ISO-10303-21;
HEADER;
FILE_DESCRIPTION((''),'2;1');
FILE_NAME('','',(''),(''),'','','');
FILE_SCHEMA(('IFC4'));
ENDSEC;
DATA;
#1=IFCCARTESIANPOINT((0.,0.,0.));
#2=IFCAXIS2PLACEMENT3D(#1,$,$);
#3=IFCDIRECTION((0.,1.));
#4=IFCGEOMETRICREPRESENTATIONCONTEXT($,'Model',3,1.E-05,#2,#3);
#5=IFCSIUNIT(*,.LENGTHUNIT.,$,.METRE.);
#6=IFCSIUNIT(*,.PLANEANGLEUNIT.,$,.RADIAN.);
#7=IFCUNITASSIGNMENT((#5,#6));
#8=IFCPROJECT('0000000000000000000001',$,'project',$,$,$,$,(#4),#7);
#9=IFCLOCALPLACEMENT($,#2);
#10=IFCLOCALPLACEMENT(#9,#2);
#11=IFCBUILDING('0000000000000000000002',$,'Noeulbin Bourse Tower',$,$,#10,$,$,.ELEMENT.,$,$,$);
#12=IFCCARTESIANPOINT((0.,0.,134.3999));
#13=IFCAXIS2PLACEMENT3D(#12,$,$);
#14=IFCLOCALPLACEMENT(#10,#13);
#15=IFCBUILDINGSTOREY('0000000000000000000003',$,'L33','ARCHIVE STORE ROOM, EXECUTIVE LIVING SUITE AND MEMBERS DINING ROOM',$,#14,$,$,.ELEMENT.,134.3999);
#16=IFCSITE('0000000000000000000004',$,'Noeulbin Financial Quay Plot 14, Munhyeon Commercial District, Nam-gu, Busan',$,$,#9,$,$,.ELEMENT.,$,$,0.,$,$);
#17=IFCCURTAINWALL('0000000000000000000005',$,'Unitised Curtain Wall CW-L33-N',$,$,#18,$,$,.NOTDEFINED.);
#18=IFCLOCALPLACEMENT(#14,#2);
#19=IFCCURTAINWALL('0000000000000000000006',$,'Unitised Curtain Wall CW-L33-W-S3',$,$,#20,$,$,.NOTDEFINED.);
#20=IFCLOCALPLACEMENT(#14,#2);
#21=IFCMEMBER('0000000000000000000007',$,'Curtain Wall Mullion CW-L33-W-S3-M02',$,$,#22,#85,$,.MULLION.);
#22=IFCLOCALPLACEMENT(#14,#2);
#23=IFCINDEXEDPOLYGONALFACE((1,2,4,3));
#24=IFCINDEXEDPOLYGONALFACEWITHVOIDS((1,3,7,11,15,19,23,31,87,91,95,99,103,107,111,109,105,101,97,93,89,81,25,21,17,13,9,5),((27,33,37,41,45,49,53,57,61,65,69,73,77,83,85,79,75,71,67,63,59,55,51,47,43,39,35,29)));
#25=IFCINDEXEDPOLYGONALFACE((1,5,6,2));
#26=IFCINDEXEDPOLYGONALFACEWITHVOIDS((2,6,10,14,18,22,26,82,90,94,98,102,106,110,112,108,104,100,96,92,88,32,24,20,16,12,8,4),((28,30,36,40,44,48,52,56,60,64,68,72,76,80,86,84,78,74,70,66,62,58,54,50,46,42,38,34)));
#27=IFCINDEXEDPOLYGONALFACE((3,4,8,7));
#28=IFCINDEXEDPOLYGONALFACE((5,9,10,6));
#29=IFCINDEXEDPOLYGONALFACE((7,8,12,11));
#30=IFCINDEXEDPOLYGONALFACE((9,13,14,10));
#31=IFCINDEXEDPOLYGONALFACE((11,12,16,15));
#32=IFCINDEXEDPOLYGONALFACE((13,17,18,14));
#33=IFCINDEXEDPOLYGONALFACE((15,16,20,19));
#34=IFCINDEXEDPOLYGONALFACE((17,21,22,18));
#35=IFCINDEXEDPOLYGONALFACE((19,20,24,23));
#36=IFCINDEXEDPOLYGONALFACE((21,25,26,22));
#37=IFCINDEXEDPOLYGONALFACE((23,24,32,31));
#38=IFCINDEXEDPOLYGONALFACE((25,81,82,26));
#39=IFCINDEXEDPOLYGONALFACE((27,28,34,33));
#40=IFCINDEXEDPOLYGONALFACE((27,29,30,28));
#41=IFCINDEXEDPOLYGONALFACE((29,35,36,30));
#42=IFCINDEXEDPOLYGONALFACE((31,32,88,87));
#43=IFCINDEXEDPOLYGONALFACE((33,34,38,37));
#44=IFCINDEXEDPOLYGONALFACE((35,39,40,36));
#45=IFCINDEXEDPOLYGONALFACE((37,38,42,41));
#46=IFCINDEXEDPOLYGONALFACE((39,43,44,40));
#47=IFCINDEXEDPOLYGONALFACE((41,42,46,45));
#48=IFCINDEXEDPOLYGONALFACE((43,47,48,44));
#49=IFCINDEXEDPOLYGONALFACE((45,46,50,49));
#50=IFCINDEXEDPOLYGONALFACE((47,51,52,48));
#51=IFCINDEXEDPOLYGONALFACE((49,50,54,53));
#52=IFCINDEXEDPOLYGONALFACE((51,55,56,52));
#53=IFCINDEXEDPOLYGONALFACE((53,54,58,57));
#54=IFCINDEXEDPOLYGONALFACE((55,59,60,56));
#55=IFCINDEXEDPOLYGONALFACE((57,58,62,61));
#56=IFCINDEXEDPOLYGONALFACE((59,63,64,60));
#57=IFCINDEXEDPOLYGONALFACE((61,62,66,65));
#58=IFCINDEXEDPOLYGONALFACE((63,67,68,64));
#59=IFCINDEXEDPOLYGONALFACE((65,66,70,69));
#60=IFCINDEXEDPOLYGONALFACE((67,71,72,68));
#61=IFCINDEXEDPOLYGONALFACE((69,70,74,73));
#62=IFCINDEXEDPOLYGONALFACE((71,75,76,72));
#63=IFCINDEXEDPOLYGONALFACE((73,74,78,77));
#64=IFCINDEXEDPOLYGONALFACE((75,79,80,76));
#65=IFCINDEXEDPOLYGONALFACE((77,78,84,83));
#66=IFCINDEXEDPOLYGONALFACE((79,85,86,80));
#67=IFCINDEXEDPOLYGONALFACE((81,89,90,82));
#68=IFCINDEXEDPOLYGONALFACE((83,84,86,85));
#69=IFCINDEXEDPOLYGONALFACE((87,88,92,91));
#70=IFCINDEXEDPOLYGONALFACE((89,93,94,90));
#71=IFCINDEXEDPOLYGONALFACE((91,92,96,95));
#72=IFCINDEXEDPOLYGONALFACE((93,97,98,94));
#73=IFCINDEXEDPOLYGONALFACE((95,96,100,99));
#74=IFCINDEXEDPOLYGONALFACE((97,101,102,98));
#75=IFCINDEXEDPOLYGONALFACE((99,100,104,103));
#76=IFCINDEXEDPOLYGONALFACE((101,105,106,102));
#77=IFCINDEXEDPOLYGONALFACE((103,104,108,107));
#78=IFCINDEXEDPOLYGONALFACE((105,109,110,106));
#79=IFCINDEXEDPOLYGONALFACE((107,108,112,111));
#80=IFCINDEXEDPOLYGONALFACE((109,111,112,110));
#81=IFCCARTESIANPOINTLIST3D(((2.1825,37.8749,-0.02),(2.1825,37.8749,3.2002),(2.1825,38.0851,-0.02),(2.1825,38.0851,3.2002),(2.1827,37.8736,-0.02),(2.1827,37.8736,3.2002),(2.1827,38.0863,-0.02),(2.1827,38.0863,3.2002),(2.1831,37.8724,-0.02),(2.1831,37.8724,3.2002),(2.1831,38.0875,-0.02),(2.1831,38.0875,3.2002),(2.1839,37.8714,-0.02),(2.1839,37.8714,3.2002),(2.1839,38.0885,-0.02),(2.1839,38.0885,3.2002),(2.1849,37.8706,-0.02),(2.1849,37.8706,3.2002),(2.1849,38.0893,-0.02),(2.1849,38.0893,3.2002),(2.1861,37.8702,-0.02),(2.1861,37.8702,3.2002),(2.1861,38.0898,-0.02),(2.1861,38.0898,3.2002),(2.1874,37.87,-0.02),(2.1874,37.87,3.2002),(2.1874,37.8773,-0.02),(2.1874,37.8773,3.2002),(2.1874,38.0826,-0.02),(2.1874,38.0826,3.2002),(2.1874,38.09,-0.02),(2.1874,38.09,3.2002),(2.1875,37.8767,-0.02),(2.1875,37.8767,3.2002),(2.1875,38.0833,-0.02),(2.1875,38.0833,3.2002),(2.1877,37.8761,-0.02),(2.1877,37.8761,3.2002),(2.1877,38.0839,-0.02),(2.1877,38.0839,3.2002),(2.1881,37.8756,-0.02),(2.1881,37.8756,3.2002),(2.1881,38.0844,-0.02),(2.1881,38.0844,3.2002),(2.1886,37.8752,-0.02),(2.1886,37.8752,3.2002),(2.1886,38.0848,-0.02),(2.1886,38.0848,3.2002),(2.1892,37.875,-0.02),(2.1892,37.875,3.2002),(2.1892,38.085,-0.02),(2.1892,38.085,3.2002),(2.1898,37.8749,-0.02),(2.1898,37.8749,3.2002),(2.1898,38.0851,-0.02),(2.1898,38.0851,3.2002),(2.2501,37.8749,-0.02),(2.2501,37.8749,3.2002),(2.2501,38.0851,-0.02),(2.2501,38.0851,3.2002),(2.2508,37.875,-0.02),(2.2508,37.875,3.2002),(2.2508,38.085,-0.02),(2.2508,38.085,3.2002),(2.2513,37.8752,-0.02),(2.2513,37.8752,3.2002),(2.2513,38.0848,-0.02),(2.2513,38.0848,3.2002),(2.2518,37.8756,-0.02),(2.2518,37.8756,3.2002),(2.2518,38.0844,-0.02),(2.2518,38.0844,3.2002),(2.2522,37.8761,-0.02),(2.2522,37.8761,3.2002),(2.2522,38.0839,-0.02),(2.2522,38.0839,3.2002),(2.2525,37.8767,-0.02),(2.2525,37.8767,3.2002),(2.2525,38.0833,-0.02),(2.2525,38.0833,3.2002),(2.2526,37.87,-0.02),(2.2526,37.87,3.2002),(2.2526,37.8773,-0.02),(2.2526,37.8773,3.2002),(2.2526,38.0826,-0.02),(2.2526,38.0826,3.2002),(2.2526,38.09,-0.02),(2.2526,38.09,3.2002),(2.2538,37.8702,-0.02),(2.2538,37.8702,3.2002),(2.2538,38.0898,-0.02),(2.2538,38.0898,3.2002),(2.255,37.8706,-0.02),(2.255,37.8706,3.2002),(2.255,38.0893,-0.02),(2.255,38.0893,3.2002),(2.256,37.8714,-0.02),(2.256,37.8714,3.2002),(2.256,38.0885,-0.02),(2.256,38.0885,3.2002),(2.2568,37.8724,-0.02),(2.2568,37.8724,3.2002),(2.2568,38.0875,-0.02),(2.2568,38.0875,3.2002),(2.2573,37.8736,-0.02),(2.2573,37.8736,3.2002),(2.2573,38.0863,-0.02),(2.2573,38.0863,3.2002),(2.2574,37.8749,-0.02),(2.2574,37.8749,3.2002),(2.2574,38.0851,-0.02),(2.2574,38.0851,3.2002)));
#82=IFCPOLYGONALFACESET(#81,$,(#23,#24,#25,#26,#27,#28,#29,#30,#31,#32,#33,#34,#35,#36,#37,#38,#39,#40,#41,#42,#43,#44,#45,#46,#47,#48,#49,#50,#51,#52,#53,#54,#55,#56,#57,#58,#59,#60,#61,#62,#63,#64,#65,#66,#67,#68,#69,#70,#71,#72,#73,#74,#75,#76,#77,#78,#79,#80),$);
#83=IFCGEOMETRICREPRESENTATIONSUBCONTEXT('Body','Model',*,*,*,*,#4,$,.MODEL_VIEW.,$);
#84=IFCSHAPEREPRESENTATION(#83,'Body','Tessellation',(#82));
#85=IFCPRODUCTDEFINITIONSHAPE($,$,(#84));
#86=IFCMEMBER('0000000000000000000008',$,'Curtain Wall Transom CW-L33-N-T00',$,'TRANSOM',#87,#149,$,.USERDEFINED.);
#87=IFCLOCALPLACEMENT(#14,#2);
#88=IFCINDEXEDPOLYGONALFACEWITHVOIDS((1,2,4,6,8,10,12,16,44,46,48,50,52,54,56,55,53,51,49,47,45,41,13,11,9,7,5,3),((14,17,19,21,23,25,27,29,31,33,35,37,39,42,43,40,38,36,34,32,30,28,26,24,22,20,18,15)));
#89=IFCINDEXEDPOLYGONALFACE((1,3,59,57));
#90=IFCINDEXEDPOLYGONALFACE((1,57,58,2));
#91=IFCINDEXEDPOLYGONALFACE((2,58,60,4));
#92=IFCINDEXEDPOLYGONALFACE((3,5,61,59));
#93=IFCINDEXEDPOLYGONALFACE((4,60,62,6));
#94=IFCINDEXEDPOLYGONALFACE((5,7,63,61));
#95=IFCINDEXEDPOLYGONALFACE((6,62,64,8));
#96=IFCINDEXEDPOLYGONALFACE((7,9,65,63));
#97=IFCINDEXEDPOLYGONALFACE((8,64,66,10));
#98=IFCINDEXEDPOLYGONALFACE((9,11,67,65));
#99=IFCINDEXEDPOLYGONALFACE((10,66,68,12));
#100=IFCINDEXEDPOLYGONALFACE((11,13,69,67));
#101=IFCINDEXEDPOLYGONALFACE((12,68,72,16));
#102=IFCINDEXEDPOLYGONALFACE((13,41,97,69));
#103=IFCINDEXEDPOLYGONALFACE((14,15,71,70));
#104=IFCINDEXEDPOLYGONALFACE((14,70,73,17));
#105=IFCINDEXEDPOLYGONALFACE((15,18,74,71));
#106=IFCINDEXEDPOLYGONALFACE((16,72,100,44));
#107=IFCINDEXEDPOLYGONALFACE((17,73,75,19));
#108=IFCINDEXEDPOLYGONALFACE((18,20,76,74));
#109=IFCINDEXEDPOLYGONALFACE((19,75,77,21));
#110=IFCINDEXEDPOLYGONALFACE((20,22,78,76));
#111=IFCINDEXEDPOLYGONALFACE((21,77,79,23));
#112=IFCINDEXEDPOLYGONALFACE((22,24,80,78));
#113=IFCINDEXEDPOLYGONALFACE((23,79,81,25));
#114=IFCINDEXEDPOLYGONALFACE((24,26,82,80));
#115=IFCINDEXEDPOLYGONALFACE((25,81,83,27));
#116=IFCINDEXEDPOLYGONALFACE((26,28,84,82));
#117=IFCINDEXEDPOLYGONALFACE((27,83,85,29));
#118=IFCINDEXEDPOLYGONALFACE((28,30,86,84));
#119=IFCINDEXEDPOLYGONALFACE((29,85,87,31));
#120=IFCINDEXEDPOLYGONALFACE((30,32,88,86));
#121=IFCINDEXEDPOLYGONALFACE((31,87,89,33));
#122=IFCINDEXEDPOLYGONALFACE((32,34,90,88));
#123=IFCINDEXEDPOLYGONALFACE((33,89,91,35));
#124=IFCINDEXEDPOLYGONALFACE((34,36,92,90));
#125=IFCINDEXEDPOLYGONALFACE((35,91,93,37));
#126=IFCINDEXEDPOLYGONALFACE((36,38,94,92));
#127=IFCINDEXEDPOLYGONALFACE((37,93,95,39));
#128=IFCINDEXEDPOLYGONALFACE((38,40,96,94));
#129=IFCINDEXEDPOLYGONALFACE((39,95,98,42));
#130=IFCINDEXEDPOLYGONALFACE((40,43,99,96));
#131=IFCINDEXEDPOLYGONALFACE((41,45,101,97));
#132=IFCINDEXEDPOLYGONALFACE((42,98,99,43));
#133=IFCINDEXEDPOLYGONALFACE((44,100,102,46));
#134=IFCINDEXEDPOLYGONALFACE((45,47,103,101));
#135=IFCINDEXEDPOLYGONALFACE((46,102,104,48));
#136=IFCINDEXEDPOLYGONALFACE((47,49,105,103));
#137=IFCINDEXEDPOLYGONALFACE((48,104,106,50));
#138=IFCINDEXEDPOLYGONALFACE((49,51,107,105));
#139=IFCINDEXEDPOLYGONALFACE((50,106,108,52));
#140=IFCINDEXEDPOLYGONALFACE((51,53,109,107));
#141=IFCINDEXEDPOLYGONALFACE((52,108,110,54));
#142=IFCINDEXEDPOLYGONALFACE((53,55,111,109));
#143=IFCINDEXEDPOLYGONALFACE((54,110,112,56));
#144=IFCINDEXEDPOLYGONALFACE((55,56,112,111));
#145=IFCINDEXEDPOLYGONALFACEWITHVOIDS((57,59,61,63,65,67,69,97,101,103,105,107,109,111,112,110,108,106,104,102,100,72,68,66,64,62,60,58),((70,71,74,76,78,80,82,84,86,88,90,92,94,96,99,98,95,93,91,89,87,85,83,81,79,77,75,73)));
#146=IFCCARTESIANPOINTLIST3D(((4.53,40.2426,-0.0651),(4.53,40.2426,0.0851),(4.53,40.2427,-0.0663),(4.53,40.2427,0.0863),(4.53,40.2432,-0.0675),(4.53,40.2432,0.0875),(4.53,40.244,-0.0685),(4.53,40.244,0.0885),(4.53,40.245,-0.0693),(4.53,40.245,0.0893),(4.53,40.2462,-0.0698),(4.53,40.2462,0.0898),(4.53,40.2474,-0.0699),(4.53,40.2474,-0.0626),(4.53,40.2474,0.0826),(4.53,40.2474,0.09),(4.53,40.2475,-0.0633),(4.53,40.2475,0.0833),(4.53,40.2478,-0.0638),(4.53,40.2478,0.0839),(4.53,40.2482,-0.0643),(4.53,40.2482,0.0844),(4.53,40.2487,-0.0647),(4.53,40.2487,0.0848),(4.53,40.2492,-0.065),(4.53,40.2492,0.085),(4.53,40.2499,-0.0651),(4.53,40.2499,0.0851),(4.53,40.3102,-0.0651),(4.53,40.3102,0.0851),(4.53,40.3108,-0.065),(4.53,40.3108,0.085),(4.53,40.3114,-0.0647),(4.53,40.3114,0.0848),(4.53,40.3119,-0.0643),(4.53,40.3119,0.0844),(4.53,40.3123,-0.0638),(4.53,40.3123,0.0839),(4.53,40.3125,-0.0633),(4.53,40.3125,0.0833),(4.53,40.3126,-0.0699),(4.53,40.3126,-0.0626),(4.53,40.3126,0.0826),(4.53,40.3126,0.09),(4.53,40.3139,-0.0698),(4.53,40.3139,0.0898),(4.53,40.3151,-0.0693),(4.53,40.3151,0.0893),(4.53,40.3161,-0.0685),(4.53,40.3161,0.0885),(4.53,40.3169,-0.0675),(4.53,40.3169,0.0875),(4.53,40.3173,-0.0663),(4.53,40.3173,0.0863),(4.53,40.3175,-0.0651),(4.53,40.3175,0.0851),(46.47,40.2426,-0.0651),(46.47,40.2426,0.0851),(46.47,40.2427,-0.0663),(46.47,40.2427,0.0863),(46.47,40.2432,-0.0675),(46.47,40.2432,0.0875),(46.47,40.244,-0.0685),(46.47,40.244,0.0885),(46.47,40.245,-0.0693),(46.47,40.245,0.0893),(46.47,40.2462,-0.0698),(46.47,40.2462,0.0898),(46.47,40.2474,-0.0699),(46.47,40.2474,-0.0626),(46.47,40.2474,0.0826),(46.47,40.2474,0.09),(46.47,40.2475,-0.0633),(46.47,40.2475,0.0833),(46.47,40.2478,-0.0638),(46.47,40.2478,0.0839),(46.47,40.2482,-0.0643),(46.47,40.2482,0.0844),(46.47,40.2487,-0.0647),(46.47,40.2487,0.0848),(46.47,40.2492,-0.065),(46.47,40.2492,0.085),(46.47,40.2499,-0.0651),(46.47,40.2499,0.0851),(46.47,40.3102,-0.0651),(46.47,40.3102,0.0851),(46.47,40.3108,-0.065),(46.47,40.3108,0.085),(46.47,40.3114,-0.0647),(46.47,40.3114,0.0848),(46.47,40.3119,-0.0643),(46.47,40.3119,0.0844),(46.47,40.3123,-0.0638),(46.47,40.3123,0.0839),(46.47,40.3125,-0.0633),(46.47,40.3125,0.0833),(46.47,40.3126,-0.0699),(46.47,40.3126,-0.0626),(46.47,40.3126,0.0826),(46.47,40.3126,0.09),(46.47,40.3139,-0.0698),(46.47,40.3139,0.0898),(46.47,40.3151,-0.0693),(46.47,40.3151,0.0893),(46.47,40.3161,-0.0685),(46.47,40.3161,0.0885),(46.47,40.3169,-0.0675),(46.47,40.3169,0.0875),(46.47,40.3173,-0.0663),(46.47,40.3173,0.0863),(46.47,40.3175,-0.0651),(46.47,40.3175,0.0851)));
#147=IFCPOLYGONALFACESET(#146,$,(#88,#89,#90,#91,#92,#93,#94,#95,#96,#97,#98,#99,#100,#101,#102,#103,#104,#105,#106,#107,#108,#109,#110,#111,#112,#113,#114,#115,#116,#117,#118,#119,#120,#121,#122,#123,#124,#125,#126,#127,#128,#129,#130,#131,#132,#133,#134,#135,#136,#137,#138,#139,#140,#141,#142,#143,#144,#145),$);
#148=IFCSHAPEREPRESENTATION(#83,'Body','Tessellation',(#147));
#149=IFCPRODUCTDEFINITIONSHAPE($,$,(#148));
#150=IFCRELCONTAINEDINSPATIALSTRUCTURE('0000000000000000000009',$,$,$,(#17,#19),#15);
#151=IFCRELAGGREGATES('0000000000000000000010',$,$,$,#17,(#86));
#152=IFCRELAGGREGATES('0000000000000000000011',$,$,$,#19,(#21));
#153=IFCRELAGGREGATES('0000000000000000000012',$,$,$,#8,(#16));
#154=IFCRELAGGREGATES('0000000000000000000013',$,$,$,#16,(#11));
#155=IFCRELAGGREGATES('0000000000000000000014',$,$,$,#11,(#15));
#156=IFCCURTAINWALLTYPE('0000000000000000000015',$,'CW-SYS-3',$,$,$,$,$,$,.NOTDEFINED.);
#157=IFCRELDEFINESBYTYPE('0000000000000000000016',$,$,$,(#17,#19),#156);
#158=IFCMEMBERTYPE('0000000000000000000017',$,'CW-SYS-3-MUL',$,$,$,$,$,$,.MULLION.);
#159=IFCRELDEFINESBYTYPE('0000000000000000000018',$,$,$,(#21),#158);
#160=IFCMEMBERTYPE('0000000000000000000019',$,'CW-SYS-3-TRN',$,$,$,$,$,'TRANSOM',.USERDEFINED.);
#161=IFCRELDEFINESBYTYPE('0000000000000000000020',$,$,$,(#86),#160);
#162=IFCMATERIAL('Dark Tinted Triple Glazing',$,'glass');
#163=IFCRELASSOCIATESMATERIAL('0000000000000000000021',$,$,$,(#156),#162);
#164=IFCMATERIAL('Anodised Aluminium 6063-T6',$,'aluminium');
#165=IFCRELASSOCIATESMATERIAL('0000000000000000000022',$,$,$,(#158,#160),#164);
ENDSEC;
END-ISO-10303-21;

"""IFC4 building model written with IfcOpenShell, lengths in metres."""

from ifc_helpers import new_model, si_unit, direction, frame, origin, origin_2d, place, context, subcontext, project, spatial, hollow_rectangle, extrude, material, material_profile, profile_set, type_object, element, aggregate, save


model = new_model("IFC4")

# Units and contexts
model_context = context("Model", 3, precision=1e-05, world=origin(), true_north=direction((0.0, 1.0)))
body_context = subcontext(model_context, "Body", "Model", "MODEL_VIEW")
ifc_project = project(units=[si_unit("LENGTHUNIT", "METRE"), si_unit("PLANEANGLEUNIT", "RADIAN")], contexts=[model_context])

# Site, building, storey
site_placement = place(None, origin())
site = spatial("IfcSite", under=ifc_project, at=site_placement, Name="Noeulbin Financial Quay Plot 14, Munhyeon Commercial District, Nam-gu, Busan", CompositionType="ELEMENT", RefElevation=0.0)
building_placement = place(site_placement, origin())
building = spatial("IfcBuilding", under=site, at=building_placement, Name="Noeulbin Bourse Tower", CompositionType="ELEMENT")
storey_placement = place(building_placement, frame((0.0, 0.0, 134.3999)))
storey = spatial("IfcBuildingStorey", under=building, at=storey_placement, Name="L33", Description="ARCHIVE STORE ROOM, EXECUTIVE LIVING SUITE AND MEMBERS DINING ROOM", CompositionType="ELEMENT", Elevation=134.3999)

# Curtain walls, member
ifc_material_1 = material(Name="Dark Tinted Triple Glazing", Category="glass")
curtain_wall_type = type_object("IfcCurtainWallType", Name="CW-SYS-3", PredefinedType="NOTDEFINED", material=ifc_material_1)
curtain_wall_1_placement = place(storey_placement, origin())
curtain_wall_1 = element("IfcCurtainWall", 1, at=curtain_wall_1_placement, inside=storey, type_object=curtain_wall_type, Name="Unitised Curtain Wall CW-L33-N", PredefinedType="NOTDEFINED")
ifc_material_2 = material(Name="Anodised Aluminium 6063-T6", Category="aluminium")
ifc_material_profile_1 = material_profile(ifc_material_2, hollow_rectangle(XDim=0.075, YDim=0.22, WallThickness=0.0049, InnerFilletRadius=0.0024, OuterFilletRadius=0.0049, at=origin_2d()), Name="ALU-MULL-75x220x5", Category="LoadBearing")
ifc_profile_set_1 = profile_set([ifc_material_profile_1], Name="Anodised Aluminium 6063-T6")
member_type_1 = type_object("IfcMemberType", Name="CW-SYS-3-MUL", PredefinedType="MULLION", material=ifc_profile_set_1)
curtain_wall_2_placement = place(storey_placement, origin())
curtain_wall_2 = element("IfcCurtainWall", 2, at=curtain_wall_2_placement, inside=storey, type_object=curtain_wall_type, Name="Unitised Curtain Wall CW-L33-W-S3", PredefinedType="NOTDEFINED")
member_1_placement = place(storey_placement, frame((2.22, 37.98, -0.02), z_axis=(0.0, 0.0, 1.0), x_axis=(1.0, 0.0, 0.0)))
member_1 = element("IfcMember", 3, at=member_1_placement, type_object=member_type_1, Name="Curtain Wall Mullion CW-L33-W-S3-M02", PredefinedType="MULLION", context=body_context, shape_type="SweptSolid", body=[
    extrude(hollow_rectangle(XDim=0.075, YDim=0.22, WallThickness=0.0049, InnerFilletRadius=0.0024, OuterFilletRadius=0.0049, at=origin_2d()), origin(), (0.0, 0.0, 1.0), 3.2202),
])

# Member
ifc_material_profile_2 = material_profile(ifc_material_2, hollow_rectangle(XDim=0.075, YDim=0.1599, WallThickness=0.0049, InnerFilletRadius=0.0024, OuterFilletRadius=0.0049, at=origin_2d()), Name="ALU-TRAN-75x160x5", Category="LoadBearing")
ifc_profile_set_2 = profile_set([ifc_material_profile_2], Name="Anodised Aluminium 6063-T6")
member_type_2 = type_object("IfcMemberType", Name="CW-SYS-3-TRN", ElementType="TRANSOM", PredefinedType="USERDEFINED", material=ifc_profile_set_2)
member_2_placement = place(storey_placement, frame((4.53, 40.28, 0.01), z_axis=(1.0, 0.0, 0.0), x_axis=(0.0, 1.0, 0.0)))
member_2 = element("IfcMember", 4, at=member_2_placement, type_object=member_type_2, Name="Curtain Wall Transom CW-L33-N-T00", ObjectType="TRANSOM", PredefinedType="USERDEFINED", context=body_context, shape_type="SweptSolid", body=[
    extrude(hollow_rectangle(XDim=0.075, YDim=0.1599, WallThickness=0.0049, InnerFilletRadius=0.0024, OuterFilletRadius=0.0049, at=origin_2d()), origin(), (0.0, 0.0, 1.0), 41.9399),
])

aggregate(curtain_wall_1, [member_2])
aggregate(curtain_wall_2, [member_1])

save(model, "model.ifc")
